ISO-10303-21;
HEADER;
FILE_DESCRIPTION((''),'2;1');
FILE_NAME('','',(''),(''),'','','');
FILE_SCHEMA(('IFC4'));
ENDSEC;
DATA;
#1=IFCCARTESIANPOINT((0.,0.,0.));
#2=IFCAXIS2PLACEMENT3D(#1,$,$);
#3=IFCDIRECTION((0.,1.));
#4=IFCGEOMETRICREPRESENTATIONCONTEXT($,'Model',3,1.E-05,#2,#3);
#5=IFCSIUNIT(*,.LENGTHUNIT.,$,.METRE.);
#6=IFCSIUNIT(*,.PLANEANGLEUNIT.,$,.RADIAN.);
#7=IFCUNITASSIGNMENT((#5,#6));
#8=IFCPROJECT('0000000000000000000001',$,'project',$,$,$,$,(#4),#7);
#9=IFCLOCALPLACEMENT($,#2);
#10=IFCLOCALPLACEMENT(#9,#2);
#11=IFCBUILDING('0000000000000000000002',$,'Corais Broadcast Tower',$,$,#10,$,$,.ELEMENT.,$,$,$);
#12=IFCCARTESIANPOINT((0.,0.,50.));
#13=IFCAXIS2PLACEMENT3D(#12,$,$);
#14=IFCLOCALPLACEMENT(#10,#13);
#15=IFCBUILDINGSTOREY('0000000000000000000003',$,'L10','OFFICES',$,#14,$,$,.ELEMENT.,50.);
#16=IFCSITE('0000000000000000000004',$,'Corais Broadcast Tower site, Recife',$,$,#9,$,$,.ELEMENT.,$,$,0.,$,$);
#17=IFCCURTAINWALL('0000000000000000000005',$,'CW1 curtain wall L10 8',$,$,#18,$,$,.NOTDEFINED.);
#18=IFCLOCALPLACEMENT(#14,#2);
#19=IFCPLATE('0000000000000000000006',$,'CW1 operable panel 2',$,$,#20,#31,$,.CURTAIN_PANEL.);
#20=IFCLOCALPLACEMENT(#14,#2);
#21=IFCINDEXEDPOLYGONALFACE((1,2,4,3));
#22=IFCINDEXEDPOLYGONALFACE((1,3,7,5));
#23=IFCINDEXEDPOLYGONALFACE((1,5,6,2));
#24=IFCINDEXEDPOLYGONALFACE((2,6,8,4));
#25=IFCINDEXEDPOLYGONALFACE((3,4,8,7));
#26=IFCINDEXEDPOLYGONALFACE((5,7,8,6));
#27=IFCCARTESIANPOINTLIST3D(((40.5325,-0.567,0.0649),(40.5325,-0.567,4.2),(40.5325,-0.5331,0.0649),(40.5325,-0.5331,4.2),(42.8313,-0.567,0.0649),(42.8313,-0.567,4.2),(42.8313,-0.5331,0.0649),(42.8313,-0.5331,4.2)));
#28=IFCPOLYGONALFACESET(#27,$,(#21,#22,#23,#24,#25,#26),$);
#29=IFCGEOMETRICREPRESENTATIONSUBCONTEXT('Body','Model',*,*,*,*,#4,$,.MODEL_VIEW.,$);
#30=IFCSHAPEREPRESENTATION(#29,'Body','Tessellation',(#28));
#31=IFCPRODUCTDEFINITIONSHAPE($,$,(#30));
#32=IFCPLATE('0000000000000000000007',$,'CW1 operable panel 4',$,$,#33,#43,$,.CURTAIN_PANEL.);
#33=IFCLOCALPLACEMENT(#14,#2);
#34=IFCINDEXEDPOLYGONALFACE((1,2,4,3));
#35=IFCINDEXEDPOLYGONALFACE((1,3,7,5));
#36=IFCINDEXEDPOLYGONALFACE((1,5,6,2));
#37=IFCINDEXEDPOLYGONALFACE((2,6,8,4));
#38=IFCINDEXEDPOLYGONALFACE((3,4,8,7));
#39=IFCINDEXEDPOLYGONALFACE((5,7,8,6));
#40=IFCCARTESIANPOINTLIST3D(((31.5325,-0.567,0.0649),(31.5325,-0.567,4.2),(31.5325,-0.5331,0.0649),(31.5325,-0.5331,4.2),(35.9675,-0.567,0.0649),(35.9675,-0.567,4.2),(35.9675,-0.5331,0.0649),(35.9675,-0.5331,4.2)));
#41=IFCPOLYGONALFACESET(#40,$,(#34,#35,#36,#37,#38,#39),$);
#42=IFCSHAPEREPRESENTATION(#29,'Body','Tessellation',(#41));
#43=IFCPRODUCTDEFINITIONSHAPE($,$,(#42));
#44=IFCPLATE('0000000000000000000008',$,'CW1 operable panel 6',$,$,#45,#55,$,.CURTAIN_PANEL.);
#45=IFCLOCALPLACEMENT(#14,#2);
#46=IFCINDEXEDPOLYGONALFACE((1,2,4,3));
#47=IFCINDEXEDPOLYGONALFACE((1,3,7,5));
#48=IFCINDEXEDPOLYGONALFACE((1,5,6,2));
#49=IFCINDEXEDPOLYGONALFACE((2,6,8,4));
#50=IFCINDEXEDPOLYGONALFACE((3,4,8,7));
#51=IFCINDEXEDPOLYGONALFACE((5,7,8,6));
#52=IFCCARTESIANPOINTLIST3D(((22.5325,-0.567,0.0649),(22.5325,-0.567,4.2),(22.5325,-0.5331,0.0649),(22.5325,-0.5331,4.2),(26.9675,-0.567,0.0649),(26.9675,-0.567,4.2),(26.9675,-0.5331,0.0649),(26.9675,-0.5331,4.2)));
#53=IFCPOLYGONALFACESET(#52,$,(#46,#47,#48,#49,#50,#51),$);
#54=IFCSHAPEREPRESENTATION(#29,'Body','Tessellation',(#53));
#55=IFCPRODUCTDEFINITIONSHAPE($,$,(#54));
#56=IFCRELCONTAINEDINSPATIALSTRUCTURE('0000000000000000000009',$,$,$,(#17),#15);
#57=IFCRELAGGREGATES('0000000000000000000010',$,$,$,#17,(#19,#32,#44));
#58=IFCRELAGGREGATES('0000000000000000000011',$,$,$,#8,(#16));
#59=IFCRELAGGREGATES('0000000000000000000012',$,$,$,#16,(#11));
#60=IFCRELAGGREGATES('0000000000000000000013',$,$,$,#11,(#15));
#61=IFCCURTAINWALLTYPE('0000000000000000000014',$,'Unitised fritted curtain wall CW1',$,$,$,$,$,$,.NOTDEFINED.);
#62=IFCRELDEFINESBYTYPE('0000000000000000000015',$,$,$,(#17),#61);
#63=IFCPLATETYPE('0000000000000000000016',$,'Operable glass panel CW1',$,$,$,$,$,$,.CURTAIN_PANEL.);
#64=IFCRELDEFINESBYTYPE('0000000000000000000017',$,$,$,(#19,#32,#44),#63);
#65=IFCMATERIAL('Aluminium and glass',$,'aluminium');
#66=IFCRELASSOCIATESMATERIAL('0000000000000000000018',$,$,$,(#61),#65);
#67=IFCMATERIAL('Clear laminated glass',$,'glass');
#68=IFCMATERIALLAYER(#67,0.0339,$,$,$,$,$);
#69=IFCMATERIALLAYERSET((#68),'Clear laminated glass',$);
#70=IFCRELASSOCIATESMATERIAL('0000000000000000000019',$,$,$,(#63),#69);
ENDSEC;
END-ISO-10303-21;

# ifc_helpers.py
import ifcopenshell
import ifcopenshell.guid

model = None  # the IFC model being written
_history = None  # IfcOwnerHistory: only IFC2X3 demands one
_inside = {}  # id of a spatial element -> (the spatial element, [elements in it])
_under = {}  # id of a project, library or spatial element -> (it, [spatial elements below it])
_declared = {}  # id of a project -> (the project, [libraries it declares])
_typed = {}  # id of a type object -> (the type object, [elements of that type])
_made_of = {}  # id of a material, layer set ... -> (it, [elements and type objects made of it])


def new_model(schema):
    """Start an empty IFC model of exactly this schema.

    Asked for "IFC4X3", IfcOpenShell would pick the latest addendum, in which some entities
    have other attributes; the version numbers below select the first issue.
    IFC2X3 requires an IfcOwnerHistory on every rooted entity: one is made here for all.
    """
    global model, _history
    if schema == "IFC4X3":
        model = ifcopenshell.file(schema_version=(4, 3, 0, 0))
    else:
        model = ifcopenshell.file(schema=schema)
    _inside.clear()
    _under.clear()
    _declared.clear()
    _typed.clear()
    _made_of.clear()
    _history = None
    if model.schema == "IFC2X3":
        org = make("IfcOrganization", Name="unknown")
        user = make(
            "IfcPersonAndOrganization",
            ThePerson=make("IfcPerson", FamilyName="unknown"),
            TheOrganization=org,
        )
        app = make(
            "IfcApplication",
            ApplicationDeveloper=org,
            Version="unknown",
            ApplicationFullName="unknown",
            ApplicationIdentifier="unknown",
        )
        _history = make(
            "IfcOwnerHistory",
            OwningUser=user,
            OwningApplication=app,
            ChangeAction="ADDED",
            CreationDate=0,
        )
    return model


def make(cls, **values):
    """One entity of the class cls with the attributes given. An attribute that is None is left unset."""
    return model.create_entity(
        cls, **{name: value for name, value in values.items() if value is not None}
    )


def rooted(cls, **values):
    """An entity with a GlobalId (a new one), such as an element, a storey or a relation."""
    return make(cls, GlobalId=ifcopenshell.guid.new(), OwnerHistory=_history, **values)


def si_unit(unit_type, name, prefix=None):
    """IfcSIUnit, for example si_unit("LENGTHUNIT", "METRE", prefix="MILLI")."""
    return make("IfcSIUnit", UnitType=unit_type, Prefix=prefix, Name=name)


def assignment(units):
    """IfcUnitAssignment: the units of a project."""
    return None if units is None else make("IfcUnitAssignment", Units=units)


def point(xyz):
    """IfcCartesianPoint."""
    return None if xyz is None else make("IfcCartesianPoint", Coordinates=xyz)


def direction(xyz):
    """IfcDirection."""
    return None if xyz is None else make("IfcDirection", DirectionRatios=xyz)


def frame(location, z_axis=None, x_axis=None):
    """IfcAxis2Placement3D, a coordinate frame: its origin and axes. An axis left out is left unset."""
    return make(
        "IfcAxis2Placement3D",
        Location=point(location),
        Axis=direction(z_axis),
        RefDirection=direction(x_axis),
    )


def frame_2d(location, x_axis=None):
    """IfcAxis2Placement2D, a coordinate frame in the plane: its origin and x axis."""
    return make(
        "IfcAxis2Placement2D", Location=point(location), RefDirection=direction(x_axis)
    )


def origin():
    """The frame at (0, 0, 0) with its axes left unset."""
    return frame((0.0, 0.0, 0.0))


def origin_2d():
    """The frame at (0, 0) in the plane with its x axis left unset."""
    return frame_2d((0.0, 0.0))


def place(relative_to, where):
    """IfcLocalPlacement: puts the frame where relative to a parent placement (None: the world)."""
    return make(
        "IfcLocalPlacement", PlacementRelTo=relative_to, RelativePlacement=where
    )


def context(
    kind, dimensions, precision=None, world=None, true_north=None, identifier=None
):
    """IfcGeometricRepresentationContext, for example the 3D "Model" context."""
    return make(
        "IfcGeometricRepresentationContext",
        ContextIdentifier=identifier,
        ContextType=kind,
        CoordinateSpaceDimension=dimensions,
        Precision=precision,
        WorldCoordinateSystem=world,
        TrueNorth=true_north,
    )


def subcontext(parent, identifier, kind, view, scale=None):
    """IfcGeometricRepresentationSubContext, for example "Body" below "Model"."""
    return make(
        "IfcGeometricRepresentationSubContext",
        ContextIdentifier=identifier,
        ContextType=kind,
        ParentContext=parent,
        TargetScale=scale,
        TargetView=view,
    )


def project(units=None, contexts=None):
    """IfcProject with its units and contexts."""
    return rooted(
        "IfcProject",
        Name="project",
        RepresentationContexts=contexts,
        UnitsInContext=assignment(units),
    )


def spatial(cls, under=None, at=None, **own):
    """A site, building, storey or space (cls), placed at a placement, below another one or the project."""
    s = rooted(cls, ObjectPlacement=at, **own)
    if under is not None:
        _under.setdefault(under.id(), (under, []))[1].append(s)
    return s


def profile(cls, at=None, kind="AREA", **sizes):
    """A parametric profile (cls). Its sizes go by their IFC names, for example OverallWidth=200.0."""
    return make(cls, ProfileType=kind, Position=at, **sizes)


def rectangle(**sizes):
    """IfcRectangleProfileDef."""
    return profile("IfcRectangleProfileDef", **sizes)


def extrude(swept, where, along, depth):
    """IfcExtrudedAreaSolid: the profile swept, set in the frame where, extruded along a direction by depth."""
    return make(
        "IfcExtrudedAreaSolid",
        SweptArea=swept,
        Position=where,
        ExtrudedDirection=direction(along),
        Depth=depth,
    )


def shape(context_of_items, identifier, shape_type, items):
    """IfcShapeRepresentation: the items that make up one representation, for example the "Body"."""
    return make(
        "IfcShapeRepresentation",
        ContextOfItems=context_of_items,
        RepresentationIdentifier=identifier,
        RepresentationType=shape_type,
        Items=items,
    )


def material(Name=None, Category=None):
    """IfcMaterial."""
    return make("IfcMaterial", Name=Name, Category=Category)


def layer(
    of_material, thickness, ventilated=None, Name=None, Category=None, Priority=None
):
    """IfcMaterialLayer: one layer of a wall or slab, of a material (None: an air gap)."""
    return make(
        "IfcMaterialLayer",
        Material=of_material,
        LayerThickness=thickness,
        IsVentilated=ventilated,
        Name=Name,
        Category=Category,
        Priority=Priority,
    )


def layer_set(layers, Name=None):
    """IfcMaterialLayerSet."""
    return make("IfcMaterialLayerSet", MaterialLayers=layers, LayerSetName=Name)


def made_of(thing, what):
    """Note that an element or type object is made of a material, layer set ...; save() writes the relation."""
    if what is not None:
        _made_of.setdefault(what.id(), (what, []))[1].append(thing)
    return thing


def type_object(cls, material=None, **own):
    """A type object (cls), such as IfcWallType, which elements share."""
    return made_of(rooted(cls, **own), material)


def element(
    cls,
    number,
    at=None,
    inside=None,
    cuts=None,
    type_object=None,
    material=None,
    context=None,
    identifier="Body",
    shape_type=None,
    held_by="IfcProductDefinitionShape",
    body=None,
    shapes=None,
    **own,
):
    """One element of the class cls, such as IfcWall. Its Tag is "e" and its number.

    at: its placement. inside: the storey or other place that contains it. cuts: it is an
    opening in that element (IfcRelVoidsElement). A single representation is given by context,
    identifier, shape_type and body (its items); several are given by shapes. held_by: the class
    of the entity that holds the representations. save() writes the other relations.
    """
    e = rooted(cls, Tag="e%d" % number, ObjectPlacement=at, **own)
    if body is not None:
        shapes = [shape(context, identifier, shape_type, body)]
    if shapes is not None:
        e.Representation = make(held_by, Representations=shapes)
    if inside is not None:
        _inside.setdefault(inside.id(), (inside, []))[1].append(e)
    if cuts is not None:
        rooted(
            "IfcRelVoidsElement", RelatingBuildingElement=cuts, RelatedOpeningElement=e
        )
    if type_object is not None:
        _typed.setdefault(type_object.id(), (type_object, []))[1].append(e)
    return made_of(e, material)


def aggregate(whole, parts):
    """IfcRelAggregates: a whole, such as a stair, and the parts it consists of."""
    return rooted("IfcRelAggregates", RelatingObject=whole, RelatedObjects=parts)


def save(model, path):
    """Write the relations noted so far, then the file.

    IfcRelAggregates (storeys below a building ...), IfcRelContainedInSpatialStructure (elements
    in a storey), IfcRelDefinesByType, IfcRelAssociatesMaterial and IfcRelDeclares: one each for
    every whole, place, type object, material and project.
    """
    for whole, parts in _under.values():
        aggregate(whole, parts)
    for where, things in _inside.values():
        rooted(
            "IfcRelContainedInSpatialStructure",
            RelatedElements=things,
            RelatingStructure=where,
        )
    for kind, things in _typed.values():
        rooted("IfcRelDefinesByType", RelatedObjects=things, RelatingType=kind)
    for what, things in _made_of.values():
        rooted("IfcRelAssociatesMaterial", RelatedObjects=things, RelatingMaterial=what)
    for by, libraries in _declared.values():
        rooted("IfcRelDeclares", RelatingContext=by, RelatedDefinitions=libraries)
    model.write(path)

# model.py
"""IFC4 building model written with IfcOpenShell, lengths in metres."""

from ifc_helpers import new_model, si_unit, direction, frame, origin, origin_2d, place, context, subcontext, project, spatial, rectangle, extrude, material, layer, layer_set, type_object, element, aggregate, save


model = new_model("IFC4")

# Units and contexts
model_context = context("Model", 3, precision=1e-05, world=origin(), true_north=direction((0.0, 1.0)))
body_context = subcontext(model_context, "Body", "Model", "MODEL_VIEW")
ifc_project = project(units=[si_unit("LENGTHUNIT", "METRE"), si_unit("PLANEANGLEUNIT", "RADIAN")], contexts=[model_context])

# Site, building, storey
site_placement = place(None, origin())
site = spatial("IfcSite", under=ifc_project, at=site_placement, Name="Corais Broadcast Tower site, Recife", CompositionType="ELEMENT", RefElevation=0.0)
building_placement = place(site_placement, origin())
building = spatial("IfcBuilding", under=site, at=building_placement, Name="Corais Broadcast Tower", CompositionType="ELEMENT")
storey_placement = place(building_placement, frame((0.0, 0.0, 50.0)))
storey = spatial("IfcBuildingStorey", under=building, at=storey_placement, Name="L10", Description="OFFICES", CompositionType="ELEMENT", Elevation=50.0)

# Curtain wall
ifc_material_1 = material(Name="Aluminium and glass", Category="aluminium")
curtain_wall_type = type_object("IfcCurtainWallType", Name="Unitised fritted curtain wall CW1", PredefinedType="NOTDEFINED", material=ifc_material_1)
curtain_wall_placement = place(storey_placement, origin())
curtain_wall = element("IfcCurtainWall", 1, at=curtain_wall_placement, inside=storey, type_object=curtain_wall_type, Name="CW1 curtain wall L10 8", PredefinedType="NOTDEFINED")

# Plates
ifc_material_2 = material(Name="Clear laminated glass", Category="glass")
ifc_layer_1 = layer(ifc_material_2, 0.0339)
ifc_layer_set_1 = layer_set([ifc_layer_1], Name="Clear laminated glass")
plate_type_1 = type_object("IfcPlateType", Name="Operable glass panel CW1", PredefinedType="CURTAIN_PANEL", material=ifc_layer_set_1)
plate_1_placement = place(storey_placement, frame((41.6819, -0.55, 0.0649), z_axis=(0.0, 0.0, 1.0), x_axis=(-1.0, 0.0, 0.0)))
plate_1 = element("IfcPlate", 2, at=plate_1_placement, type_object=plate_type_1, Name="CW1 operable panel 2", PredefinedType="CURTAIN_PANEL", context=body_context, shape_type="SweptSolid", body=[
    extrude(rectangle(XDim=2.2988, YDim=0.0339, at=origin_2d()), origin(), (0.0, 0.0, 1.0), 4.135),
])
plate_2_placement = place(storey_placement, frame((33.75, -0.55, 0.0649), z_axis=(0.0, 0.0, 1.0), x_axis=(-1.0, 0.0, 0.0)))
plate_2 = element("IfcPlate", 3, at=plate_2_placement, type_object=plate_type_1, Name="CW1 operable panel 4", PredefinedType="CURTAIN_PANEL", context=body_context, shape_type="SweptSolid", body=[
    extrude(rectangle(XDim=4.4351, YDim=0.0339, at=origin_2d()), origin(), (0.0, 0.0, 1.0), 4.135),
])
plate_3_placement = place(storey_placement, frame((24.75, -0.55, 0.0649), z_axis=(0.0, 0.0, 1.0), x_axis=(-1.0, 0.0, 0.0)))
plate_3 = element("IfcPlate", 4, at=plate_3_placement, type_object=plate_type_1, Name="CW1 operable panel 6", PredefinedType="CURTAIN_PANEL", context=body_context, shape_type="SweptSolid", body=[
    extrude(rectangle(XDim=4.4351, YDim=0.0339, at=origin_2d()), origin(), (0.0, 0.0, 1.0), 4.135),
])
aggregate(curtain_wall, [plate_1, plate_2, plate_3])

save(model, "model.ifc")
